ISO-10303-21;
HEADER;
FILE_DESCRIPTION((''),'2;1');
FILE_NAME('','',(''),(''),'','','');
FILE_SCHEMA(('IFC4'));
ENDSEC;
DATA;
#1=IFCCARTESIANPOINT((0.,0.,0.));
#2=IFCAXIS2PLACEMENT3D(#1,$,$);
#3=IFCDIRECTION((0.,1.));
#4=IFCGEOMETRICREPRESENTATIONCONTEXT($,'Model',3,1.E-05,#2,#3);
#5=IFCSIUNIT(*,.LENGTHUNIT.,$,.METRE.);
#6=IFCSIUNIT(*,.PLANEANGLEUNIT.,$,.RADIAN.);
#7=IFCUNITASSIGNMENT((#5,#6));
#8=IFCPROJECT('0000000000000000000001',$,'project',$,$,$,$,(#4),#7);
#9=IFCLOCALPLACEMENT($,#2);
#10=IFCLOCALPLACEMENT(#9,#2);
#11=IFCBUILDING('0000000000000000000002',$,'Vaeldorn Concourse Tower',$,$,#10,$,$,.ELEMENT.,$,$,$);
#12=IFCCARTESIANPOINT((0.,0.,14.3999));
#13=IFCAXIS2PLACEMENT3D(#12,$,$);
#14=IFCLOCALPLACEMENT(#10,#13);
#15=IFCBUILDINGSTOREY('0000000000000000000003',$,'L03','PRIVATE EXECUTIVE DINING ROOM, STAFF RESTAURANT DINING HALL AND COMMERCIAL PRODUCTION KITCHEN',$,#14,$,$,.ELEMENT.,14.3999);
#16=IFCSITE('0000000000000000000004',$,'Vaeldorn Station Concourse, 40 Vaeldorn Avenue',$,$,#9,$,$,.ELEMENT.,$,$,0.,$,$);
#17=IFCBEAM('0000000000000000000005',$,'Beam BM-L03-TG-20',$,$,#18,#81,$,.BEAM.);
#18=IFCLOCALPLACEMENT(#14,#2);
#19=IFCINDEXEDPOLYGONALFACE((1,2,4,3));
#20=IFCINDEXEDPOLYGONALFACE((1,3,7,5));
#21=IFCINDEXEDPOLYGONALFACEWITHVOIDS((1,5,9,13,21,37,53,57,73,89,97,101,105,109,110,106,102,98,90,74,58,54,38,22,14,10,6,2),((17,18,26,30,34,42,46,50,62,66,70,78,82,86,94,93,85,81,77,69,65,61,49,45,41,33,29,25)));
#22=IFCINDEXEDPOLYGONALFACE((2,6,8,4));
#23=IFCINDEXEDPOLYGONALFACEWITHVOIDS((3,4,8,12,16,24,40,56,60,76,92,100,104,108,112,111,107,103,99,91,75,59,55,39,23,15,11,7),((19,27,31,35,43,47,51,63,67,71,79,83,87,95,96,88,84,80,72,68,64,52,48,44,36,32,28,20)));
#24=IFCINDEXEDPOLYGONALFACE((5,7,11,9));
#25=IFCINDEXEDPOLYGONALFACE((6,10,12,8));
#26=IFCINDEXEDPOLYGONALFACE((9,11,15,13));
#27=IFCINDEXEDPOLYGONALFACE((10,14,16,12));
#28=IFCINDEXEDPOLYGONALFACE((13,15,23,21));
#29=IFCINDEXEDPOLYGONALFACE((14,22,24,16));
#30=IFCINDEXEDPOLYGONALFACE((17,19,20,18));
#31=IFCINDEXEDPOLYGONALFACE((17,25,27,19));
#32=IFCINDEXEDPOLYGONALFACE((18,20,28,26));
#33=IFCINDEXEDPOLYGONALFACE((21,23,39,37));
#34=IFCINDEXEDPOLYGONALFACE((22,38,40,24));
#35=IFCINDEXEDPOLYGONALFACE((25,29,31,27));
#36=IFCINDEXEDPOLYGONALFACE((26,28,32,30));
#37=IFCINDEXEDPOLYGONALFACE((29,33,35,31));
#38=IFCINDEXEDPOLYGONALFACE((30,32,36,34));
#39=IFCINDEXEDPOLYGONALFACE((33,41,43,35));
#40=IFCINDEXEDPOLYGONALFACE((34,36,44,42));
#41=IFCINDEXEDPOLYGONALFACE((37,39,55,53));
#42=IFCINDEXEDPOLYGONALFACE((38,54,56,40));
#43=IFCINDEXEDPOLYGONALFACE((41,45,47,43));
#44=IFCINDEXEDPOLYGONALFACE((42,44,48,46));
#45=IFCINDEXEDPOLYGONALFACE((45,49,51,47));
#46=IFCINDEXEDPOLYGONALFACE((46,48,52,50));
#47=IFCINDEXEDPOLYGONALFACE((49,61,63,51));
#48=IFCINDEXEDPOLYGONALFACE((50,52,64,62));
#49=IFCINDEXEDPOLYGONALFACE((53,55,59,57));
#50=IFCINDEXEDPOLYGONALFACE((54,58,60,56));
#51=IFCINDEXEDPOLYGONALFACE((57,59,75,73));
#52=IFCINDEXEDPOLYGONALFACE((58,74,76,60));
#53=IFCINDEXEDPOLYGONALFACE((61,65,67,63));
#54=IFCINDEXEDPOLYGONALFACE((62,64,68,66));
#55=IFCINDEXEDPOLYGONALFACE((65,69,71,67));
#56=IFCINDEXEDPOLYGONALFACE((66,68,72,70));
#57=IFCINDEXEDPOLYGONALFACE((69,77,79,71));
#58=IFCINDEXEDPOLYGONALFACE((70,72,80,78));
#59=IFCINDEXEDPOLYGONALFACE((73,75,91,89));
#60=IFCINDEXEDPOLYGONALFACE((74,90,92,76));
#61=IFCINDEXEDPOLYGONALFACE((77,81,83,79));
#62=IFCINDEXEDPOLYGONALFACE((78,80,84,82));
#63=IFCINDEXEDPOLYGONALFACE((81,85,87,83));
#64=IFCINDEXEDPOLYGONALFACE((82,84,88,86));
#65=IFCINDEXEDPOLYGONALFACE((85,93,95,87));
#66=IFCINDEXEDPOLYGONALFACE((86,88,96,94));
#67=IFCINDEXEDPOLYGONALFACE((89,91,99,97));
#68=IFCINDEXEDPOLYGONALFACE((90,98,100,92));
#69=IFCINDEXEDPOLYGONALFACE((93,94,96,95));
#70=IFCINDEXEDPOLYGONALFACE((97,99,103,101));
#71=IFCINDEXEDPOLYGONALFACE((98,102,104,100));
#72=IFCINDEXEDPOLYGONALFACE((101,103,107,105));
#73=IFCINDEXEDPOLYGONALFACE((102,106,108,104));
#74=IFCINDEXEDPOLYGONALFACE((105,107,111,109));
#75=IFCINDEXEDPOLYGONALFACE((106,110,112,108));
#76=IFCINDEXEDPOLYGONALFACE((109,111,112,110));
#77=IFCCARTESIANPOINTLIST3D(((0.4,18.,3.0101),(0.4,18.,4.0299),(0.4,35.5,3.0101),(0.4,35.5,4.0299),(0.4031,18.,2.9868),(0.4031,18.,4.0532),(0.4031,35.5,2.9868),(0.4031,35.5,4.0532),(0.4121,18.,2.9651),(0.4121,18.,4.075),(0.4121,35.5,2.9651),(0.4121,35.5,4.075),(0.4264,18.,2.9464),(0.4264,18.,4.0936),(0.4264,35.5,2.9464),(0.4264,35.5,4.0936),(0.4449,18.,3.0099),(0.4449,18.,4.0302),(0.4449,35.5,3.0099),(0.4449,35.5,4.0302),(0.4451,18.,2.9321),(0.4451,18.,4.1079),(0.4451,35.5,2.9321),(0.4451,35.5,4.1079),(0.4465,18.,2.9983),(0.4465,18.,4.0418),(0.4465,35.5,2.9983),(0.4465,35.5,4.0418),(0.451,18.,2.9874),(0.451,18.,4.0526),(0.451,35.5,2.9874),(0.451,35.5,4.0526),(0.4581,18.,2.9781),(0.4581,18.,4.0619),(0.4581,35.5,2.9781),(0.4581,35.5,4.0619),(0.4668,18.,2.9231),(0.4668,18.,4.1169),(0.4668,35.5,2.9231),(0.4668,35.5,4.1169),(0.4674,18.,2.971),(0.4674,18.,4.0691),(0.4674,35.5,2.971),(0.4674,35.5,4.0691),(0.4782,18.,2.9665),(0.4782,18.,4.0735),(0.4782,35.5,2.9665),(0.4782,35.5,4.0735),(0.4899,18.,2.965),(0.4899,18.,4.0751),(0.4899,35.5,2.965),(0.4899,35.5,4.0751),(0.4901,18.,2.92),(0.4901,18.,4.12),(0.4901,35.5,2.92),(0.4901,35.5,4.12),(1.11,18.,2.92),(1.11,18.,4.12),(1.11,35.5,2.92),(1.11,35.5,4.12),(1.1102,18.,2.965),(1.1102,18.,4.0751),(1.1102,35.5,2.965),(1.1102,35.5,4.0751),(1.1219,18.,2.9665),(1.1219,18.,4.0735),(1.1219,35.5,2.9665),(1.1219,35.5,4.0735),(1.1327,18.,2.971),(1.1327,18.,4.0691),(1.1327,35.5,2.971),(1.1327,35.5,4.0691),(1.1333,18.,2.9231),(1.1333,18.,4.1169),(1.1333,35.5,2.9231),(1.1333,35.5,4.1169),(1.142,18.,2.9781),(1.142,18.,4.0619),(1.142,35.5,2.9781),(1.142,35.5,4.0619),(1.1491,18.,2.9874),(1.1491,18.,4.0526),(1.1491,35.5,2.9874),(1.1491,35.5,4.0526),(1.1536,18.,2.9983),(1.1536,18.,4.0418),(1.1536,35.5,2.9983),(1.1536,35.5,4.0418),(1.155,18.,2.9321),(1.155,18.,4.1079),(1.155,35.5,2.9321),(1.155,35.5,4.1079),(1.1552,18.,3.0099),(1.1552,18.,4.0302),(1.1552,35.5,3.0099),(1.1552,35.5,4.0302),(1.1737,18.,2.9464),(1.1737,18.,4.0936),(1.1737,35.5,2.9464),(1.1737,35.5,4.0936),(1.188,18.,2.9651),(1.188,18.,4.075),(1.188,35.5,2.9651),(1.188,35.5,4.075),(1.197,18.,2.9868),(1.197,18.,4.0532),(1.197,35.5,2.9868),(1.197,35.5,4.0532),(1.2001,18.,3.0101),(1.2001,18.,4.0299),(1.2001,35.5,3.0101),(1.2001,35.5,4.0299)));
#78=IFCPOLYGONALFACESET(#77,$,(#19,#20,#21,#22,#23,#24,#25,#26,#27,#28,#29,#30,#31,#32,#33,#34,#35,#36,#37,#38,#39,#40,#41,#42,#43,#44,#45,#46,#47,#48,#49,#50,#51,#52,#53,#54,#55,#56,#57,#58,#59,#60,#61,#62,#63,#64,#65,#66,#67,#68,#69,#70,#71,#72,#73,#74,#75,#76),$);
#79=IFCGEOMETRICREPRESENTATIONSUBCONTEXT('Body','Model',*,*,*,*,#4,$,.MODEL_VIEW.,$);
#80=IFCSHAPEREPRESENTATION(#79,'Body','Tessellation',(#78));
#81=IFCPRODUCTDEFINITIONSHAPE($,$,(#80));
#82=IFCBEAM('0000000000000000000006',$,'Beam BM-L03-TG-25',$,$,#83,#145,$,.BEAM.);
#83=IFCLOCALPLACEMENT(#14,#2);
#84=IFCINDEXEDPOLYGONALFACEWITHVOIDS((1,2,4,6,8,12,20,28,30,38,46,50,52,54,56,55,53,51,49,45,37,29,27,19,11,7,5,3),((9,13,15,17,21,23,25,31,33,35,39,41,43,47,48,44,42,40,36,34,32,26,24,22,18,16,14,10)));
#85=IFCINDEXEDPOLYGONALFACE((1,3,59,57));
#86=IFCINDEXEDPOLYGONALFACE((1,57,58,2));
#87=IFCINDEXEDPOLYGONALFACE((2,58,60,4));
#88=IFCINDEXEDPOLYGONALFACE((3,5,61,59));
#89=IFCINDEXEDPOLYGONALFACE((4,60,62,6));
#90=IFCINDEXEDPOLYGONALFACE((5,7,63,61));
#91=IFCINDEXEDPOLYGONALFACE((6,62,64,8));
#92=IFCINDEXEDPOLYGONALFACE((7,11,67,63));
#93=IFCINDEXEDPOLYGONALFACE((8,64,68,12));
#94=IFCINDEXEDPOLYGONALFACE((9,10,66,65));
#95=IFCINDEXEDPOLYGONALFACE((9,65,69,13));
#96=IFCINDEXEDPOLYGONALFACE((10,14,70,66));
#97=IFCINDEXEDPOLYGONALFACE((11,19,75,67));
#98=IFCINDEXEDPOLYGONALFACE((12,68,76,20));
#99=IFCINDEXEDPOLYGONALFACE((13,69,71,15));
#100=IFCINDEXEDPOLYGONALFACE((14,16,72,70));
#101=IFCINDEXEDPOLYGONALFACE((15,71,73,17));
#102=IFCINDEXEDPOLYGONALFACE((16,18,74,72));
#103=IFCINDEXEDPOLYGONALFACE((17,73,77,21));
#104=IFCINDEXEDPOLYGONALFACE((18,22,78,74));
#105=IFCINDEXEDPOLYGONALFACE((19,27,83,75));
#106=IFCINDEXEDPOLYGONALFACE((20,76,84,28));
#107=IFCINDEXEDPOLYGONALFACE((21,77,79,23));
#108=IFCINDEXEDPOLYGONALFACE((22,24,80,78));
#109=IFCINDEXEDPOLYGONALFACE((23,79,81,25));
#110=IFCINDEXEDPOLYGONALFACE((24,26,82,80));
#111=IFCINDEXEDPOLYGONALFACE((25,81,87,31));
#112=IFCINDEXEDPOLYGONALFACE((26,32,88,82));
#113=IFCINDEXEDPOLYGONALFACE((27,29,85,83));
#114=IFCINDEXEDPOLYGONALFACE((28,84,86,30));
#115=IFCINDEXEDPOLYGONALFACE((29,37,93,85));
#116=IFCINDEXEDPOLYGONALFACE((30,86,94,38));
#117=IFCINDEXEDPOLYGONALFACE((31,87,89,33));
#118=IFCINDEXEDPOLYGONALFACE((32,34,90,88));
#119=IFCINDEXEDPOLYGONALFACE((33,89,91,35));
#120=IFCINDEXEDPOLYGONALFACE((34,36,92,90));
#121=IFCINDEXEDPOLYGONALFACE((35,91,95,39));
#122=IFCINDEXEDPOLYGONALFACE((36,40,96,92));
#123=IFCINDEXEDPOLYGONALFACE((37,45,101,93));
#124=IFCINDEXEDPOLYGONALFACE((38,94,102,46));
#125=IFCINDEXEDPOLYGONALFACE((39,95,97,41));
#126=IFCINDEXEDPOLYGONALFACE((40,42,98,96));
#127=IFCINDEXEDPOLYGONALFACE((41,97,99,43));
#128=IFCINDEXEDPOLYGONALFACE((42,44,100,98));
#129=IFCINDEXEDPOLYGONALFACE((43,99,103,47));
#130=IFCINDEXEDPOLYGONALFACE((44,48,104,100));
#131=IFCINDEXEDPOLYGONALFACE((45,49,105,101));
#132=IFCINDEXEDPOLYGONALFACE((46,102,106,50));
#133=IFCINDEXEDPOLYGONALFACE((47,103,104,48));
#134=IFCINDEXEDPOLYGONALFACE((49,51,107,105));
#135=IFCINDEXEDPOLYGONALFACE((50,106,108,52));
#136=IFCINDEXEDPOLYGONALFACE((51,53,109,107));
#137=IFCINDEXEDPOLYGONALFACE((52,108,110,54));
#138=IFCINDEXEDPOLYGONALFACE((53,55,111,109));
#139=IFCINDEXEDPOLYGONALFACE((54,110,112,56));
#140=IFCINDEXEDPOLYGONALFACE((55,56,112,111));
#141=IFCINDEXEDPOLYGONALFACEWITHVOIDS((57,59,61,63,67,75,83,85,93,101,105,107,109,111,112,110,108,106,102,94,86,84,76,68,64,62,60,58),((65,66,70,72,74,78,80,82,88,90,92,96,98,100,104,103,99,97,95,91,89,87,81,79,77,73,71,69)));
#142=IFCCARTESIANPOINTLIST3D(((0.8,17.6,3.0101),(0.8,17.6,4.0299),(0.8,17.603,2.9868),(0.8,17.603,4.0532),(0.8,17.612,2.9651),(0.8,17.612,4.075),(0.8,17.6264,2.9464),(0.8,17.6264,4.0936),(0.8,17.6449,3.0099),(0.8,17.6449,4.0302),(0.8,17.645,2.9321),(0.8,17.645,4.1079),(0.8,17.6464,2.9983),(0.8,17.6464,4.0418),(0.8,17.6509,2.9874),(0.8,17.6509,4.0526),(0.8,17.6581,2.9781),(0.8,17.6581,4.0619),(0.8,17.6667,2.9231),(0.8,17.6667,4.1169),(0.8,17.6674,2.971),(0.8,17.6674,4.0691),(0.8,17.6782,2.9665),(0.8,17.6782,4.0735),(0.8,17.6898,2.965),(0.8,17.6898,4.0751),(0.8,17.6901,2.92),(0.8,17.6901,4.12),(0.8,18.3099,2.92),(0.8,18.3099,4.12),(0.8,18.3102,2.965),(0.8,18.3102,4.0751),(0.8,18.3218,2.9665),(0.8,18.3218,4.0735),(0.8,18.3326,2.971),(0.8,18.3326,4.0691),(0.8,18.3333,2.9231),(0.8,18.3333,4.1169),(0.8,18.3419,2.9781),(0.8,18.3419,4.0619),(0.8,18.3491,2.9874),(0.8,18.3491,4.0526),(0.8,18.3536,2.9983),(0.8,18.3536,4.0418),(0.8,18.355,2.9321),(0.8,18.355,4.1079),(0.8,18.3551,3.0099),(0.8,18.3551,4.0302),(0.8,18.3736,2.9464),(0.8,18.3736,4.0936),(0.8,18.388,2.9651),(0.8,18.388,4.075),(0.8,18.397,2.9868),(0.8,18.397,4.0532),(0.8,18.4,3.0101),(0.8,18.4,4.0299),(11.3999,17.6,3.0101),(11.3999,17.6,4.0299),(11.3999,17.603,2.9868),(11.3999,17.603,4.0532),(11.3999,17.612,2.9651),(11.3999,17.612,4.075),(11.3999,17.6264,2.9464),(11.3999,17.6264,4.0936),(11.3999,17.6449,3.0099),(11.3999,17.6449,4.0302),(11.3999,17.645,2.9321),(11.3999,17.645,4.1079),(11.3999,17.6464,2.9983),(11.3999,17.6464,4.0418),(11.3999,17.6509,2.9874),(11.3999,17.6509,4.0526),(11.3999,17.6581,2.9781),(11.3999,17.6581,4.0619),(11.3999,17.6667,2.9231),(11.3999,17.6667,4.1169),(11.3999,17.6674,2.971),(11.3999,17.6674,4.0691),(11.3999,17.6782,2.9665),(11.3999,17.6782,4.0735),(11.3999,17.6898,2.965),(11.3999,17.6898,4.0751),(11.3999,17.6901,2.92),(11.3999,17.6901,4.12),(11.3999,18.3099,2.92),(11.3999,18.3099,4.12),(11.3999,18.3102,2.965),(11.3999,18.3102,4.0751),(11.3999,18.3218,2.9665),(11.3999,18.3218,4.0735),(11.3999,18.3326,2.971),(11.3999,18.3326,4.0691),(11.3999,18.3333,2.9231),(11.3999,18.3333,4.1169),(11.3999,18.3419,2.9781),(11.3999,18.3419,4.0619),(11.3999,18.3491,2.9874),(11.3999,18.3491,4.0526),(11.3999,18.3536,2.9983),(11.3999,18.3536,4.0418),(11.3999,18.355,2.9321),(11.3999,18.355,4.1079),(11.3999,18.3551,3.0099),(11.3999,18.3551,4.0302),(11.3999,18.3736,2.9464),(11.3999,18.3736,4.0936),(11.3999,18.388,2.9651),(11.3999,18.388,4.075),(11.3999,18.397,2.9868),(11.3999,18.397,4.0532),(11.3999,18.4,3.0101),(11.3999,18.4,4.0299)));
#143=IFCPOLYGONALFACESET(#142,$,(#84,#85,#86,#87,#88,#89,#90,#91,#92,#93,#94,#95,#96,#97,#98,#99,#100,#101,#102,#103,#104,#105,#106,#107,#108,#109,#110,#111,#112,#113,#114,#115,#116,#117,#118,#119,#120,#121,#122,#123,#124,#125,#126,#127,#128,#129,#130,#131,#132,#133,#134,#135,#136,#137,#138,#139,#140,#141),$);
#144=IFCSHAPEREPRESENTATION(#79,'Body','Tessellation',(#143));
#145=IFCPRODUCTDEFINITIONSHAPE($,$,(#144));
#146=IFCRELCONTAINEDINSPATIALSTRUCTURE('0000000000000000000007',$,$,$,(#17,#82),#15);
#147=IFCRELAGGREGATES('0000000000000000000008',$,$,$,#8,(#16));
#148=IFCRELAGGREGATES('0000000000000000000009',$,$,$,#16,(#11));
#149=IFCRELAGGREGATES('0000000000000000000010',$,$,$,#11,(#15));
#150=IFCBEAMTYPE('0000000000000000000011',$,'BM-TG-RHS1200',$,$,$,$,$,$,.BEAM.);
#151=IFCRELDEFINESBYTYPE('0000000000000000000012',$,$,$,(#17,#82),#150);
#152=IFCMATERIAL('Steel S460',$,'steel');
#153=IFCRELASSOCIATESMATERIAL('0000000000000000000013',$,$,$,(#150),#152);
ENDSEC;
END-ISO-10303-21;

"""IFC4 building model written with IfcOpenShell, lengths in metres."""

from ifc_helpers import new_model, si_unit, direction, frame, origin, origin_2d, place, context, subcontext, project, spatial, hollow_rectangle, extrude, source, transform, mapped, material, material_profile, profile_set, type_object, element, save


model = new_model("IFC4")

# Units and contexts
model_context = context("Model", 3, precision=1e-05, world=origin(), true_north=direction((0.0, 1.0)))
body_context = subcontext(model_context, "Body", "Model", "MODEL_VIEW")
ifc_project = project(units=[si_unit("LENGTHUNIT", "METRE"), si_unit("PLANEANGLEUNIT", "RADIAN")], contexts=[model_context])

# Site, building, storey
site_placement = place(None, origin())
site = spatial("IfcSite", under=ifc_project, at=site_placement, Name="Vaeldorn Station Concourse, 40 Vaeldorn Avenue", CompositionType="ELEMENT", RefElevation=0.0)
building_placement = place(site_placement, origin())
building = spatial("IfcBuilding", under=site, at=building_placement, Name="Vaeldorn Concourse Tower", CompositionType="ELEMENT")
storey_placement = place(building_placement, frame((0.0, 0.0, 14.3999)))
storey = spatial("IfcBuildingStorey", under=building, at=storey_placement, Name="L03", Description="PRIVATE EXECUTIVE DINING ROOM, STAFF RESTAURANT DINING HALL AND COMMERCIAL PRODUCTION KITCHEN", CompositionType="ELEMENT", Elevation=14.3999)

# Shared definitions
ifc_material_1 = material(Name="Steel S460", Category="steel")

# Beams
ifc_material_profile_1 = material_profile(ifc_material_1, hollow_rectangle(XDim=0.8, YDim=1.2, WallThickness=0.0449, InnerFilletRadius=0.0449, OuterFilletRadius=0.0901, at=origin_2d()), Name="RHS 1200x800x45")
ifc_profile_set_1 = profile_set([ifc_material_profile_1], Name="Steel S460")
beam_type = type_object("IfcBeamType", Name="BM-TG-RHS1200", PredefinedType="BEAM", material=ifc_profile_set_1)
shared_shape_1 = source(origin(), body_context, "Body", "SweptSolid", [
    extrude(hollow_rectangle(XDim=0.8, YDim=1.2, WallThickness=0.0449, InnerFilletRadius=0.0449, OuterFilletRadius=0.0901, at=origin_2d()), origin(), (0.0, 0.0, 1.0), 17.5),
])
beam_1_placement = place(storey_placement, frame((0.8, 18.0, 3.52), z_axis=(0.0, 1.0, 0.0), x_axis=(-1.0, 0.0, 0.0)))
element("IfcBeam", 1, at=beam_1_placement, inside=storey, type_object=beam_type, Name="Beam BM-L03-TG-20", PredefinedType="BEAM", context=body_context, shape_type="MappedRepresentation", body=[
    mapped(shared_shape_1, transform((0.0, 0.0, 0.0), scale=1.0)),
])
shared_shape_2 = source(origin(), body_context, "Body", "SweptSolid", [
    extrude(hollow_rectangle(XDim=0.8, YDim=1.2, WallThickness=0.0449, InnerFilletRadius=0.0449, OuterFilletRadius=0.0901, at=origin_2d()), origin(), (0.0, 0.0, 1.0), 10.5999),
])
beam_2_placement = place(storey_placement, frame((0.8, 18.0, 3.52), z_axis=(1.0, 0.0, 0.0), x_axis=(0.0, 1.0, 0.0)))
element("IfcBeam", 2, at=beam_2_placement, inside=storey, type_object=beam_type, Name="Beam BM-L03-TG-25", PredefinedType="BEAM", context=body_context, shape_type="MappedRepresentation", body=[
    mapped(shared_shape_2, transform((0.0, 0.0, 0.0), scale=1.0)),
])

save(model, "model.ifc")
